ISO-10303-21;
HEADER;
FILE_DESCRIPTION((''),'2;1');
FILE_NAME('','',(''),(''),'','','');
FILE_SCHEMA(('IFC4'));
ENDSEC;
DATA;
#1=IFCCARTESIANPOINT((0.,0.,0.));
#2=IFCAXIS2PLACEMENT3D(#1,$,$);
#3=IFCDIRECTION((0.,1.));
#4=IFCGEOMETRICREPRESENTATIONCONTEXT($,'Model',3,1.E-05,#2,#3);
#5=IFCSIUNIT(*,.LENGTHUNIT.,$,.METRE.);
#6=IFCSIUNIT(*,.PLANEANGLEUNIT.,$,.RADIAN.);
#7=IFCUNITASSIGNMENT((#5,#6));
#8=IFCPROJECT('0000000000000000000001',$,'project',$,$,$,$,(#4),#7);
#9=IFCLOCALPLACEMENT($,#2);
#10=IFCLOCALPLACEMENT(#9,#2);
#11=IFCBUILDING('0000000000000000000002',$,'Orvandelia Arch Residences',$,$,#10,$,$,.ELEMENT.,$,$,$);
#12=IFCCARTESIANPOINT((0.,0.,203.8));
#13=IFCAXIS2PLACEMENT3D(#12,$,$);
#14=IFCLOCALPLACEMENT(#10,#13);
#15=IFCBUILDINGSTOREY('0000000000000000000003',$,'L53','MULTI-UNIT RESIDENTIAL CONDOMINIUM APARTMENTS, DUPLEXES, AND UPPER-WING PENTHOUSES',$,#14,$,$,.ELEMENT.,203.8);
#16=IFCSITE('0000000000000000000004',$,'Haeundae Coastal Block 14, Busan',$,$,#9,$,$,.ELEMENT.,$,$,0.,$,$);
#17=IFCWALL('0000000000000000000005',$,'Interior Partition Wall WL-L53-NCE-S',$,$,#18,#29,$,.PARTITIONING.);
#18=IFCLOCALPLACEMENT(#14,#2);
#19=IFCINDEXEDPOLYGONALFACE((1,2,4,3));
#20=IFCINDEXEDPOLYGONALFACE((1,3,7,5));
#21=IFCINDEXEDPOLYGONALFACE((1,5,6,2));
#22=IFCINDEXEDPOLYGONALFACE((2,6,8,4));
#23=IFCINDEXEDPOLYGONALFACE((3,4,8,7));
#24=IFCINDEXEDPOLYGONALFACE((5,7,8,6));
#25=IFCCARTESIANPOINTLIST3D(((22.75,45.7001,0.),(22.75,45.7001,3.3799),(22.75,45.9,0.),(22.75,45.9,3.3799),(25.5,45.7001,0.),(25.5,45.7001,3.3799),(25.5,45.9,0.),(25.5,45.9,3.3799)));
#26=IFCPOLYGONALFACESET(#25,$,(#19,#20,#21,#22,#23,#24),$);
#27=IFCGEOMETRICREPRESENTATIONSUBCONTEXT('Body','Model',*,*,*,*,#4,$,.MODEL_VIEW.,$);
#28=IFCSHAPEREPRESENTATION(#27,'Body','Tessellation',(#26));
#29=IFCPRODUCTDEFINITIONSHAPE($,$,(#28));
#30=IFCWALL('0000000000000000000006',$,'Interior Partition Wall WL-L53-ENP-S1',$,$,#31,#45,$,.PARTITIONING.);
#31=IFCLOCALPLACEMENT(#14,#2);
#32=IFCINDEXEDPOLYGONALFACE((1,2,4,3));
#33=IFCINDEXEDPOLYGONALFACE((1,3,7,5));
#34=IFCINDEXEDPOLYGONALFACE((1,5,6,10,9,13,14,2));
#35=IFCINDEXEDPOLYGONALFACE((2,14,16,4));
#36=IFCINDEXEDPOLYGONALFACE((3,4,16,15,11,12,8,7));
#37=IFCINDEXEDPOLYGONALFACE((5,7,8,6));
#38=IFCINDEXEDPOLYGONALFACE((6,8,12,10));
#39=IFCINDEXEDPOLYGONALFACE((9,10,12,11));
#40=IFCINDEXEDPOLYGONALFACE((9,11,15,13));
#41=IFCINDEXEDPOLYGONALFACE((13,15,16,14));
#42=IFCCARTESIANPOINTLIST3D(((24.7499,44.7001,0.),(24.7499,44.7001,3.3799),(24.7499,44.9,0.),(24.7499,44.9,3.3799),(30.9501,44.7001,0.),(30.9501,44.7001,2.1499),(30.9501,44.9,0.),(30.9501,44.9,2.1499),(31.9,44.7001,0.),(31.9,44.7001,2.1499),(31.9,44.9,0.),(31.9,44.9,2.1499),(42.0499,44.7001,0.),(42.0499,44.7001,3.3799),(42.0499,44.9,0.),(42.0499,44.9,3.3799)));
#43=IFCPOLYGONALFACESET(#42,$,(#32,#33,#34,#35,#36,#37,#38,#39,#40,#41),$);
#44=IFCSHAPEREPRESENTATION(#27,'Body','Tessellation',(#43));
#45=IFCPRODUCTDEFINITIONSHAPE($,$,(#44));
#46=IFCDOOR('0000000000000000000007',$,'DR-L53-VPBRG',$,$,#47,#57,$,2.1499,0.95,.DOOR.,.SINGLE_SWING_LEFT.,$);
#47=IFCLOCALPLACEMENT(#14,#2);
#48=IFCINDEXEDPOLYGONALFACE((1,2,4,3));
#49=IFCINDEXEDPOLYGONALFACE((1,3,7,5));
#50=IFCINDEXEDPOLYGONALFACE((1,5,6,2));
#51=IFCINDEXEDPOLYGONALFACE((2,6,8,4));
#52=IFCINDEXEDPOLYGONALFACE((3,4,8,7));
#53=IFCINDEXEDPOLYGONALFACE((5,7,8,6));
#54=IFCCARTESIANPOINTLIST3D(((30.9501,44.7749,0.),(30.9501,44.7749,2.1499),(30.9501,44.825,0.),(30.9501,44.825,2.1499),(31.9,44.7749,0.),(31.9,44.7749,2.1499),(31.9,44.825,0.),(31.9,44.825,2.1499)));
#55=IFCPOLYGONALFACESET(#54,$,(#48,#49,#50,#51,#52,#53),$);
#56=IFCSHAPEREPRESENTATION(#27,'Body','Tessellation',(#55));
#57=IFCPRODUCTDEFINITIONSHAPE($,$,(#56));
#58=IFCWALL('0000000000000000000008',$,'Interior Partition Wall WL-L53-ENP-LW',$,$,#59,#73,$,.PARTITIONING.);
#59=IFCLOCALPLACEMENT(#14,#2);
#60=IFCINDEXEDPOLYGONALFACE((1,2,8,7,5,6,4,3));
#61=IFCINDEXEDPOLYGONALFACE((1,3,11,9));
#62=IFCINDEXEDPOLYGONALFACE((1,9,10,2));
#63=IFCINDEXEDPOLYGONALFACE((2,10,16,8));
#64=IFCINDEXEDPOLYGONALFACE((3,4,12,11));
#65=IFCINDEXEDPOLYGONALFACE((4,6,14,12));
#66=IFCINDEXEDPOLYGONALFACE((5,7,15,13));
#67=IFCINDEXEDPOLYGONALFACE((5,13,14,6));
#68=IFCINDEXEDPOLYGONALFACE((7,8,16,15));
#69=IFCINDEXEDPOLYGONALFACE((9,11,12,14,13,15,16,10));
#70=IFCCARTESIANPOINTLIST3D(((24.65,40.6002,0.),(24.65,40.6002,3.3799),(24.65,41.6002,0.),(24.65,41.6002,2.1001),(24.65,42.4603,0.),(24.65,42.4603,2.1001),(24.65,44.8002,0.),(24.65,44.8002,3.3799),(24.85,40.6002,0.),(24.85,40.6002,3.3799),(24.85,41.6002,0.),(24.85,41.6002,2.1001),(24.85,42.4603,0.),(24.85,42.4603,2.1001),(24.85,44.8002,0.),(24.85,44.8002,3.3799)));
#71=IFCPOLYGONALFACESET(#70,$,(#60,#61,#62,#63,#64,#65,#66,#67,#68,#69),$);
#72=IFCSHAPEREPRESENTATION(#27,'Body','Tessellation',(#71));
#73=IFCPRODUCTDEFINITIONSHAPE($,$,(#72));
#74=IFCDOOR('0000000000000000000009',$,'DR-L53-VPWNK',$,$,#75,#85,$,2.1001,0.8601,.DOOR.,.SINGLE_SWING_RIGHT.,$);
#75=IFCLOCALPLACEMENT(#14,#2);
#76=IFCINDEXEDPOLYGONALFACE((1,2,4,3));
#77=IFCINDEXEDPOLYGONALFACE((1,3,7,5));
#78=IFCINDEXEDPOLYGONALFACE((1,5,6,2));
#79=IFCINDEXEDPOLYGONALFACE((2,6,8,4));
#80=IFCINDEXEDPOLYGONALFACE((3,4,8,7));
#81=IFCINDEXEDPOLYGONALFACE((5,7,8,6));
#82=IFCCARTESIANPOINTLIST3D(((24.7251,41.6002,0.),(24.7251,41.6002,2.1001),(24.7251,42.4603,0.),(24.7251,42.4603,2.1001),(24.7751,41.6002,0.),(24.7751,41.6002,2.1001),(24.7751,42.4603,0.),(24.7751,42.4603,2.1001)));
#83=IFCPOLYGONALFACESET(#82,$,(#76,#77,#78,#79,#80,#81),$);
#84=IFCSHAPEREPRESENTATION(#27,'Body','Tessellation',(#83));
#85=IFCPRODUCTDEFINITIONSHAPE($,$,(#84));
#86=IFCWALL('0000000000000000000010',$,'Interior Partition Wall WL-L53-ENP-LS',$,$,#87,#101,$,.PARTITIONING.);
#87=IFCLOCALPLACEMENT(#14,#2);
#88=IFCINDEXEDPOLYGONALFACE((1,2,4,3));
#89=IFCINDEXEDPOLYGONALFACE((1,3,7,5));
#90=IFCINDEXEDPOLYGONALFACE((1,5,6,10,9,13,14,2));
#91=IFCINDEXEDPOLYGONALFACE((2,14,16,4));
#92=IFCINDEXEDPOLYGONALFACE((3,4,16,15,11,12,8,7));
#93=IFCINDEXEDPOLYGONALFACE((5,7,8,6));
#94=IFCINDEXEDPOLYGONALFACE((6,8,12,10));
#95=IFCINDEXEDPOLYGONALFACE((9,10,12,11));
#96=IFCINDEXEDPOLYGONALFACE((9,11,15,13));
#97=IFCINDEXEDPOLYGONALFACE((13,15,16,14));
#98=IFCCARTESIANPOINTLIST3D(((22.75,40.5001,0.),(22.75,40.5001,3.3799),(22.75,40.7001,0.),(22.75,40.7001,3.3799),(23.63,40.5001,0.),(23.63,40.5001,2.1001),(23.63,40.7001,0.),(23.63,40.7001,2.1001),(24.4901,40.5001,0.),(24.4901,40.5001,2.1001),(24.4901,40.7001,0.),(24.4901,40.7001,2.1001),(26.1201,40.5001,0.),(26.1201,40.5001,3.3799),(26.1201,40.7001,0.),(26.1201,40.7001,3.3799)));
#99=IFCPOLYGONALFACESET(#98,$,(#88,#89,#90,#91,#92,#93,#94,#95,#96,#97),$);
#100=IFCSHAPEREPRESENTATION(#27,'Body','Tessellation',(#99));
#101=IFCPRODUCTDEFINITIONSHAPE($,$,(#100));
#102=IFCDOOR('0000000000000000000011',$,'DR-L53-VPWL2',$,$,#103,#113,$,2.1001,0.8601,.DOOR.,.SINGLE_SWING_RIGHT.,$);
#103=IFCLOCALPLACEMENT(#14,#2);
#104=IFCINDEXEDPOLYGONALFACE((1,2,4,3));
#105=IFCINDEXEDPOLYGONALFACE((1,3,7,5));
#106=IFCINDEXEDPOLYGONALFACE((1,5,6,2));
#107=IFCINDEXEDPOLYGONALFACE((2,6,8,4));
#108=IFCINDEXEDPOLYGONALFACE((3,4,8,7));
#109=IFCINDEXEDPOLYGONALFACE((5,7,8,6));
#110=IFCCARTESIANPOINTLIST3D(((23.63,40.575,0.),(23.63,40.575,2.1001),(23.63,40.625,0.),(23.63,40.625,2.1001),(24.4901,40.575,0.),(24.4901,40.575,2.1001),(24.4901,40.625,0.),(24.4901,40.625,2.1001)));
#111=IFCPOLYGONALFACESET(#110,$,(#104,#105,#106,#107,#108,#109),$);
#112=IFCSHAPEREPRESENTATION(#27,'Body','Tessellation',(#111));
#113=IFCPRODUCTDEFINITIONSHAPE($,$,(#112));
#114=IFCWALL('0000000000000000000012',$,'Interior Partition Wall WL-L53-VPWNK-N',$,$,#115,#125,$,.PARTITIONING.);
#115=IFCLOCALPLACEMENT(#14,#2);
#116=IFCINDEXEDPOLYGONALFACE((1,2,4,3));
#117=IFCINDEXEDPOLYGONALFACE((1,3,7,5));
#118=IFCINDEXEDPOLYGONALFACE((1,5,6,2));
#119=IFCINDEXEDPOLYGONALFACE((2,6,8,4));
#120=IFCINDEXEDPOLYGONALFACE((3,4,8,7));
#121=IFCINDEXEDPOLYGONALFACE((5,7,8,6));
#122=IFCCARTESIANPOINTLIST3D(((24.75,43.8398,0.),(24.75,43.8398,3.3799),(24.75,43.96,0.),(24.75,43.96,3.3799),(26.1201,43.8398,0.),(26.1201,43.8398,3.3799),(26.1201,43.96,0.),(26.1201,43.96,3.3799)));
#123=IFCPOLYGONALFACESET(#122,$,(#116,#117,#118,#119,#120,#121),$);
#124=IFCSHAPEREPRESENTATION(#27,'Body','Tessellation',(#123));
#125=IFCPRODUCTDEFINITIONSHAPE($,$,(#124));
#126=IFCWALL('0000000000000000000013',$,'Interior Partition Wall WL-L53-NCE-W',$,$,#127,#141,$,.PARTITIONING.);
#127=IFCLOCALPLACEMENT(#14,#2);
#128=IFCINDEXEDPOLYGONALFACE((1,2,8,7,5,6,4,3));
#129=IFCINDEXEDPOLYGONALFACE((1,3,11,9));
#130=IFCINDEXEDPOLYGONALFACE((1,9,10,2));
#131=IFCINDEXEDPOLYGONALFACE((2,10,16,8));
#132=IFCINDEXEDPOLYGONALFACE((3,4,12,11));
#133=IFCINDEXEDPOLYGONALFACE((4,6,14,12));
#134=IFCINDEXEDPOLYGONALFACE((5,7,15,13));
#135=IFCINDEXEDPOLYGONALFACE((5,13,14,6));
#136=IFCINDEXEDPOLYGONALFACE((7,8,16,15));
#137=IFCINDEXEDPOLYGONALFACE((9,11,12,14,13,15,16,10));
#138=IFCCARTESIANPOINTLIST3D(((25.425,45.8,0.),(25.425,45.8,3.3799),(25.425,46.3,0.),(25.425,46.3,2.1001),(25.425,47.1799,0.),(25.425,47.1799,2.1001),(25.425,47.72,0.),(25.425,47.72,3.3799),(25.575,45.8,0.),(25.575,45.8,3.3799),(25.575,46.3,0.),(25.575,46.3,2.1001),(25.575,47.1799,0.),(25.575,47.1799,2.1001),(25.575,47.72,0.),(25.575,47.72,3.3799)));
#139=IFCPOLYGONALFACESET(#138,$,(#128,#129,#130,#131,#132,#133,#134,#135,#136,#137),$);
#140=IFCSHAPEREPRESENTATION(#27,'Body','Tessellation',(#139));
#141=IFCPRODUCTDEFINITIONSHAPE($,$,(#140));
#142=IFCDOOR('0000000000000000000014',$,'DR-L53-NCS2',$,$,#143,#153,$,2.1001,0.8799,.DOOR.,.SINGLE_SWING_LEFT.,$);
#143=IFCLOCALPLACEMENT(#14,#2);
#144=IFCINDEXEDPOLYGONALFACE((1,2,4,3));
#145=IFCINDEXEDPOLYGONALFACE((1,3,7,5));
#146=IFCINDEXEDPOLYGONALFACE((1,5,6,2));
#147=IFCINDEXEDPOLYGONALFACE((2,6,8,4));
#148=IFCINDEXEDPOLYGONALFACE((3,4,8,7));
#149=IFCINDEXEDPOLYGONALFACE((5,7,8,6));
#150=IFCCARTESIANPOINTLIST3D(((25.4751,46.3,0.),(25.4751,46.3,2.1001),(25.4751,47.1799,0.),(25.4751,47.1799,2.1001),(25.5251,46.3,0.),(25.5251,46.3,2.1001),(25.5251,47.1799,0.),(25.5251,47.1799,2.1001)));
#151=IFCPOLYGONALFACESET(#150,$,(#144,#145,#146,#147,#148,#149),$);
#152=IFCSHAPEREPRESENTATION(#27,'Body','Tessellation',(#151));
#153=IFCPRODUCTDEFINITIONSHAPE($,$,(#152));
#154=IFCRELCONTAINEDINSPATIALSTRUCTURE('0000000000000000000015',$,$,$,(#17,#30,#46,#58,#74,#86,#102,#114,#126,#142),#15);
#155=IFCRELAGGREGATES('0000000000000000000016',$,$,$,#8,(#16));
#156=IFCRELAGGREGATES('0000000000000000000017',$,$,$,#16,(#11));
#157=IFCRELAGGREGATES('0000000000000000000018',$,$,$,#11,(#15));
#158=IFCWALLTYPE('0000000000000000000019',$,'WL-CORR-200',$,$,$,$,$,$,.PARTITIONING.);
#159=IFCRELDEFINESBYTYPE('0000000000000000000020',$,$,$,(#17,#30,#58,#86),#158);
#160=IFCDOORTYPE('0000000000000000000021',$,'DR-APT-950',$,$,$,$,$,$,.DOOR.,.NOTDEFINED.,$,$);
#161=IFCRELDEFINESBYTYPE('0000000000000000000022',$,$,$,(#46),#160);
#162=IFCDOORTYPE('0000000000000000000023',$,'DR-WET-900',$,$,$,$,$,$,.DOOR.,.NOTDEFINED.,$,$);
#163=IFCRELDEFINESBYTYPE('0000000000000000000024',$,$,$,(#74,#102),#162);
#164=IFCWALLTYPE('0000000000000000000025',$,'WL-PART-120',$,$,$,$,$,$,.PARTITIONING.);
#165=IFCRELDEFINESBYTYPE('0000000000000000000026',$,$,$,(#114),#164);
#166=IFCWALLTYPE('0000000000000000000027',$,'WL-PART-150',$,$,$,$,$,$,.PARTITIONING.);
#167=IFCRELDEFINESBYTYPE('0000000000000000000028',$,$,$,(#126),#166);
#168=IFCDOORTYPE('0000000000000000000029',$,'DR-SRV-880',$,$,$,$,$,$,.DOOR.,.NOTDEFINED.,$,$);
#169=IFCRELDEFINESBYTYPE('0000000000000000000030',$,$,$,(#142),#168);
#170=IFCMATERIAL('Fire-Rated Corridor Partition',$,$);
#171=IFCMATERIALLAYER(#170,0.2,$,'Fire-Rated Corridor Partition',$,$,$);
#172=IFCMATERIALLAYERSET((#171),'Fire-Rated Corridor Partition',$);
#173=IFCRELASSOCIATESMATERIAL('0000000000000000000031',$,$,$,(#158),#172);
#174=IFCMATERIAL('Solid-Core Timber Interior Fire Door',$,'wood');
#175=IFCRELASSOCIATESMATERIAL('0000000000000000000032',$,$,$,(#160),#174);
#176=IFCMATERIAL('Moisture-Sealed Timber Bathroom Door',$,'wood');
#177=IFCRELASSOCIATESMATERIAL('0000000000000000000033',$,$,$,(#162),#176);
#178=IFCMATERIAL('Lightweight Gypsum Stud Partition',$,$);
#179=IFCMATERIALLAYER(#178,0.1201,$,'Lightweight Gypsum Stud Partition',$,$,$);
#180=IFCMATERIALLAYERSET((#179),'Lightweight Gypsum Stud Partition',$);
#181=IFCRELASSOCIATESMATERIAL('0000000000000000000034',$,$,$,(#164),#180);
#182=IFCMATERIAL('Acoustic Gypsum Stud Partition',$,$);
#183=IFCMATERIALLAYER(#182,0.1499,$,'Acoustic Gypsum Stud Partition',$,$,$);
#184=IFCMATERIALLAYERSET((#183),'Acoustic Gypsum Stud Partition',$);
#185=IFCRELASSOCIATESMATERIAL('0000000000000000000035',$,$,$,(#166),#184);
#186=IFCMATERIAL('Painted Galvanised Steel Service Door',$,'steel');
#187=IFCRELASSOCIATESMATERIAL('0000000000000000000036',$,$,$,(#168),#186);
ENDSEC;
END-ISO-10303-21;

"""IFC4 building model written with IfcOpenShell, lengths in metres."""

from ifc_helpers import new_model, si_unit, direction, frame, frame_2d, origin, place, context, subcontext, project, spatial, rectangle, extrude, material, layer, layer_set, type_object, element, fill, save


model = new_model("IFC4")

# Units and contexts
model_context = context("Model", 3, precision=1e-05, world=origin(), true_north=direction((0.0, 1.0)))
body_context = subcontext(model_context, "Body", "Model", "MODEL_VIEW")
ifc_project = project(units=[si_unit("LENGTHUNIT", "METRE"), si_unit("PLANEANGLEUNIT", "RADIAN")], contexts=[model_context])

# Site, building, storey
site_placement = place(None, origin())
site = spatial("IfcSite", under=ifc_project, at=site_placement, Name="Haeundae Coastal Block 14, Busan", CompositionType="ELEMENT", RefElevation=0.0)
building_placement = place(site_placement, origin())
building = spatial("IfcBuilding", under=site, at=building_placement, Name="Orvandelia Arch Residences", CompositionType="ELEMENT")
storey_placement = place(building_placement, frame((0.0, 0.0, 203.8)))
storey = spatial("IfcBuildingStorey", under=building, at=storey_placement, Name="L53", Description="MULTI-UNIT RESIDENTIAL CONDOMINIUM APARTMENTS, DUPLEXES, AND UPPER-WING PENTHOUSES", CompositionType="ELEMENT", Elevation=203.8)

# Wall
ifc_material_1 = material(Name="Fire-Rated Corridor Partition")
ifc_layer_1 = layer(ifc_material_1, 0.2, Name="Fire-Rated Corridor Partition")
ifc_layer_set_1 = layer_set([ifc_layer_1], Name="Fire-Rated Corridor Partition")
wall_type_1 = type_object("IfcWallType", Name="WL-CORR-200", PredefinedType="PARTITIONING", material=ifc_layer_set_1)
wall_1_placement = place(storey_placement, frame((22.75, 45.8, 0.0), z_axis=(0.0, 0.0, 1.0), x_axis=(1.0, 0.0, 0.0)))
element("IfcWall", 1, at=wall_1_placement, inside=storey, type_object=wall_type_1, Name="Interior Partition Wall WL-L53-NCE-S", PredefinedType="PARTITIONING", context=body_context, shape_type="SweptSolid", body=[
    extrude(rectangle(XDim=2.75, YDim=0.2, at=frame_2d((1.375, 0.0))), origin(), (0.0, 0.0, 1.0), 3.3799),
])

# Walls, openings, doors
wall_2_placement = place(storey_placement, frame((24.75, 44.8, 0.0), z_axis=(0.0, 0.0, 1.0), x_axis=(1.0, 0.0, 0.0)))
wall_2 = element("IfcWall", 2, at=wall_2_placement, inside=storey, type_object=wall_type_1, Name="Interior Partition Wall WL-L53-ENP-S1", PredefinedType="PARTITIONING", context=body_context, shape_type="SweptSolid", body=[
    extrude(rectangle(XDim=17.3, YDim=0.2, at=frame_2d((8.6499, 0.0))), origin(), (0.0, 0.0, 1.0), 3.3799),
])
opening_1_placement = place(wall_2_placement, frame((6.2, 0.0, 0.0)))
opening_1 = element("IfcOpeningElement", 3, at=opening_1_placement, cuts=wall_2, PredefinedType="OPENING", context=body_context, shape_type="SweptSolid", body=[
    extrude(rectangle(XDim=0.95, YDim=2.1499, at=frame_2d((0.4751, 1.075))), frame((0.0, 0.1099, 0.0), z_axis=(0.0, -1.0, 0.0), x_axis=(1.0, 0.0, 0.0)), (0.0, 0.0, 1.0), 0.22),
])
ifc_material_2 = material(Name="Solid-Core Timber Interior Fire Door", Category="wood")
door_type_1 = type_object("IfcDoorType", Name="DR-APT-950", OperationType="NOTDEFINED", PredefinedType="DOOR", material=ifc_material_2)
door_1_placement = place(opening_1_placement, origin())
door_1 = element("IfcDoor", 4, at=door_1_placement, inside=storey, type_object=door_type_1, Name="DR-L53-VPBRG", OperationType="SINGLE_SWING_LEFT", OverallHeight=2.1499, OverallWidth=0.95, PredefinedType="DOOR", context=body_context, shape_type="SweptSolid", body=[
    extrude(rectangle(XDim=0.95, YDim=2.1499, at=frame_2d((0.4751, 1.075))), frame((0.0, 0.0249, 0.0), z_axis=(0.0, -1.0, 0.0), x_axis=(1.0, 0.0, 0.0)), (0.0, 0.0, 1.0), 0.05),
])
fill(opening_1, door_1)
wall_3_placement = place(storey_placement, frame((24.75, 40.6001, 0.0), z_axis=(0.0, 0.0, 1.0), x_axis=(0.0, 1.0, 0.0)))
wall_3 = element("IfcWall", 5, at=wall_3_placement, inside=storey, type_object=wall_type_1, Name="Interior Partition Wall WL-L53-ENP-LW", PredefinedType="PARTITIONING", context=body_context, shape_type="SweptSolid", body=[
    extrude(rectangle(XDim=4.2, YDim=0.2, at=frame_2d((2.1001, 0.0))), origin(), (0.0, 0.0, 1.0), 3.3799),
])
opening_2_placement = place(wall_3_placement, frame((1.0, 0.0, 0.0)))
opening_2 = element("IfcOpeningElement", 6, at=opening_2_placement, cuts=wall_3, PredefinedType="OPENING", context=body_context, shape_type="SweptSolid", body=[
    extrude(rectangle(XDim=0.8601, YDim=2.1001, at=frame_2d((0.4302, 1.05))), frame((0.0, 0.1099, 0.0), z_axis=(0.0, -1.0, 0.0), x_axis=(1.0, 0.0, 0.0)), (0.0, 0.0, 1.0), 0.22),
])
ifc_material_3 = material(Name="Moisture-Sealed Timber Bathroom Door", Category="wood")
door_type_2 = type_object("IfcDoorType", Name="DR-WET-900", OperationType="NOTDEFINED", PredefinedType="DOOR", material=ifc_material_3)
door_2_placement = place(opening_2_placement, origin())
door_2 = element("IfcDoor", 7, at=door_2_placement, inside=storey, type_object=door_type_2, Name="DR-L53-VPWNK", OperationType="SINGLE_SWING_RIGHT", OverallHeight=2.1001, OverallWidth=0.8601, PredefinedType="DOOR", context=body_context, shape_type="SweptSolid", body=[
    extrude(rectangle(XDim=0.8601, YDim=2.1001, at=frame_2d((0.4302, 1.05))), frame((0.0, 0.0249, 0.0), z_axis=(0.0, -1.0, 0.0), x_axis=(1.0, 0.0, 0.0)), (0.0, 0.0, 1.0), 0.05),
])
fill(opening_2, door_2)
wall_4_placement = place(storey_placement, frame((22.75, 40.6001, 0.0), z_axis=(0.0, 0.0, 1.0), x_axis=(1.0, 0.0, 0.0)))
wall_4 = element("IfcWall", 8, at=wall_4_placement, inside=storey, type_object=wall_type_1, Name="Interior Partition Wall WL-L53-ENP-LS", PredefinedType="PARTITIONING", context=body_context, shape_type="SweptSolid", body=[
    extrude(rectangle(XDim=3.3701, YDim=0.2, at=frame_2d((1.6851, 0.0))), origin(), (0.0, 0.0, 1.0), 3.3799),
])
opening_3_placement = place(wall_4_placement, frame((0.8799, 0.0, 0.0)))
opening_3 = element("IfcOpeningElement", 9, at=opening_3_placement, cuts=wall_4, PredefinedType="OPENING", context=body_context, shape_type="SweptSolid", body=[
    extrude(rectangle(XDim=0.8601, YDim=2.1001, at=frame_2d((0.4302, 1.05))), frame((0.0, 0.1099, 0.0), z_axis=(0.0, -1.0, 0.0), x_axis=(1.0, 0.0, 0.0)), (0.0, 0.0, 1.0), 0.22),
])
door_3_placement = place(opening_3_placement, origin())
door_3 = element("IfcDoor", 10, at=door_3_placement, inside=storey, type_object=door_type_2, Name="DR-L53-VPWL2", OperationType="SINGLE_SWING_RIGHT", OverallHeight=2.1001, OverallWidth=0.8601, PredefinedType="DOOR", context=body_context, shape_type="SweptSolid", body=[
    extrude(rectangle(XDim=0.8601, YDim=2.1001, at=frame_2d((0.4302, 1.05))), frame((0.0, 0.0249, 0.0), z_axis=(0.0, -1.0, 0.0), x_axis=(1.0, 0.0, 0.0)), (0.0, 0.0, 1.0), 0.05),
])
fill(opening_3, door_3)

# Wall
ifc_material_4 = material(Name="Lightweight Gypsum Stud Partition")
ifc_layer_2 = layer(ifc_material_4, 0.1201, Name="Lightweight Gypsum Stud Partition")
ifc_layer_set_2 = layer_set([ifc_layer_2], Name="Lightweight Gypsum Stud Partition")
wall_type_2 = type_object("IfcWallType", Name="WL-PART-120", PredefinedType="PARTITIONING", material=ifc_layer_set_2)
wall_5_placement = place(storey_placement, frame((24.75, 43.8999, 0.0), z_axis=(0.0, 0.0, 1.0), x_axis=(1.0, 0.0, 0.0)))
element("IfcWall", 11, at=wall_5_placement, inside=storey, type_object=wall_type_2, Name="Interior Partition Wall WL-L53-VPWNK-N", PredefinedType="PARTITIONING", context=body_context, shape_type="SweptSolid", body=[
    extrude(rectangle(XDim=1.3701, YDim=0.1201, at=frame_2d((0.6851, 0.0))), origin(), (0.0, 0.0, 1.0), 3.3799),
])

# Wall, opening, door
ifc_material_5 = material(Name="Acoustic Gypsum Stud Partition")
ifc_layer_3 = layer(ifc_material_5, 0.1499, Name="Acoustic Gypsum Stud Partition")
ifc_layer_set_3 = layer_set([ifc_layer_3], Name="Acoustic Gypsum Stud Partition")
wall_type_3 = type_object("IfcWallType", Name="WL-PART-150", PredefinedType="PARTITIONING", material=ifc_layer_set_3)
wall_6_placement = place(storey_placement, frame((25.5, 45.8, 0.0), z_axis=(0.0, 0.0, 1.0), x_axis=(0.0, 1.0, 0.0)))
wall_6 = element("IfcWall", 12, at=wall_6_placement, inside=storey, type_object=wall_type_3, Name="Interior Partition Wall WL-L53-NCE-W", PredefinedType="PARTITIONING", context=body_context, shape_type="SweptSolid", body=[
    extrude(rectangle(XDim=1.9199, YDim=0.1499, at=frame_2d((0.96, 0.0))), origin(), (0.0, 0.0, 1.0), 3.3799),
])
opening_4_placement = place(wall_6_placement, frame((0.5, 0.0, 0.0)))
opening_4 = element("IfcOpeningElement", 13, at=opening_4_placement, cuts=wall_6, PredefinedType="OPENING", context=body_context, shape_type="SweptSolid", body=[
    extrude(rectangle(XDim=0.8799, YDim=2.1001, at=frame_2d((0.4399, 1.05))), frame((0.0, 0.085, 0.0), z_axis=(0.0, -1.0, 0.0), x_axis=(1.0, 0.0, 0.0)), (0.0, 0.0, 1.0), 0.1699),
])
ifc_material_6 = material(Name="Painted Galvanised Steel Service Door", Category="steel")
door_type_3 = type_object("IfcDoorType", Name="DR-SRV-880", OperationType="NOTDEFINED", PredefinedType="DOOR", material=ifc_material_6)
door_4_placement = place(opening_4_placement, origin())
door_4 = element("IfcDoor", 14, at=door_4_placement, inside=storey, type_object=door_type_3, Name="DR-L53-NCS2", OperationType="SINGLE_SWING_LEFT", OverallHeight=2.1001, OverallWidth=0.8799, PredefinedType="DOOR", context=body_context, shape_type="SweptSolid", body=[
    extrude(rectangle(XDim=0.8799, YDim=2.1001, at=frame_2d((0.4399, 1.05))), frame((0.0, 0.0249, 0.0), z_axis=(0.0, -1.0, 0.0), x_axis=(1.0, 0.0, 0.0)), (0.0, 0.0, 1.0), 0.05),
])
fill(opening_4, door_4)

save(model, "model.ifc")
